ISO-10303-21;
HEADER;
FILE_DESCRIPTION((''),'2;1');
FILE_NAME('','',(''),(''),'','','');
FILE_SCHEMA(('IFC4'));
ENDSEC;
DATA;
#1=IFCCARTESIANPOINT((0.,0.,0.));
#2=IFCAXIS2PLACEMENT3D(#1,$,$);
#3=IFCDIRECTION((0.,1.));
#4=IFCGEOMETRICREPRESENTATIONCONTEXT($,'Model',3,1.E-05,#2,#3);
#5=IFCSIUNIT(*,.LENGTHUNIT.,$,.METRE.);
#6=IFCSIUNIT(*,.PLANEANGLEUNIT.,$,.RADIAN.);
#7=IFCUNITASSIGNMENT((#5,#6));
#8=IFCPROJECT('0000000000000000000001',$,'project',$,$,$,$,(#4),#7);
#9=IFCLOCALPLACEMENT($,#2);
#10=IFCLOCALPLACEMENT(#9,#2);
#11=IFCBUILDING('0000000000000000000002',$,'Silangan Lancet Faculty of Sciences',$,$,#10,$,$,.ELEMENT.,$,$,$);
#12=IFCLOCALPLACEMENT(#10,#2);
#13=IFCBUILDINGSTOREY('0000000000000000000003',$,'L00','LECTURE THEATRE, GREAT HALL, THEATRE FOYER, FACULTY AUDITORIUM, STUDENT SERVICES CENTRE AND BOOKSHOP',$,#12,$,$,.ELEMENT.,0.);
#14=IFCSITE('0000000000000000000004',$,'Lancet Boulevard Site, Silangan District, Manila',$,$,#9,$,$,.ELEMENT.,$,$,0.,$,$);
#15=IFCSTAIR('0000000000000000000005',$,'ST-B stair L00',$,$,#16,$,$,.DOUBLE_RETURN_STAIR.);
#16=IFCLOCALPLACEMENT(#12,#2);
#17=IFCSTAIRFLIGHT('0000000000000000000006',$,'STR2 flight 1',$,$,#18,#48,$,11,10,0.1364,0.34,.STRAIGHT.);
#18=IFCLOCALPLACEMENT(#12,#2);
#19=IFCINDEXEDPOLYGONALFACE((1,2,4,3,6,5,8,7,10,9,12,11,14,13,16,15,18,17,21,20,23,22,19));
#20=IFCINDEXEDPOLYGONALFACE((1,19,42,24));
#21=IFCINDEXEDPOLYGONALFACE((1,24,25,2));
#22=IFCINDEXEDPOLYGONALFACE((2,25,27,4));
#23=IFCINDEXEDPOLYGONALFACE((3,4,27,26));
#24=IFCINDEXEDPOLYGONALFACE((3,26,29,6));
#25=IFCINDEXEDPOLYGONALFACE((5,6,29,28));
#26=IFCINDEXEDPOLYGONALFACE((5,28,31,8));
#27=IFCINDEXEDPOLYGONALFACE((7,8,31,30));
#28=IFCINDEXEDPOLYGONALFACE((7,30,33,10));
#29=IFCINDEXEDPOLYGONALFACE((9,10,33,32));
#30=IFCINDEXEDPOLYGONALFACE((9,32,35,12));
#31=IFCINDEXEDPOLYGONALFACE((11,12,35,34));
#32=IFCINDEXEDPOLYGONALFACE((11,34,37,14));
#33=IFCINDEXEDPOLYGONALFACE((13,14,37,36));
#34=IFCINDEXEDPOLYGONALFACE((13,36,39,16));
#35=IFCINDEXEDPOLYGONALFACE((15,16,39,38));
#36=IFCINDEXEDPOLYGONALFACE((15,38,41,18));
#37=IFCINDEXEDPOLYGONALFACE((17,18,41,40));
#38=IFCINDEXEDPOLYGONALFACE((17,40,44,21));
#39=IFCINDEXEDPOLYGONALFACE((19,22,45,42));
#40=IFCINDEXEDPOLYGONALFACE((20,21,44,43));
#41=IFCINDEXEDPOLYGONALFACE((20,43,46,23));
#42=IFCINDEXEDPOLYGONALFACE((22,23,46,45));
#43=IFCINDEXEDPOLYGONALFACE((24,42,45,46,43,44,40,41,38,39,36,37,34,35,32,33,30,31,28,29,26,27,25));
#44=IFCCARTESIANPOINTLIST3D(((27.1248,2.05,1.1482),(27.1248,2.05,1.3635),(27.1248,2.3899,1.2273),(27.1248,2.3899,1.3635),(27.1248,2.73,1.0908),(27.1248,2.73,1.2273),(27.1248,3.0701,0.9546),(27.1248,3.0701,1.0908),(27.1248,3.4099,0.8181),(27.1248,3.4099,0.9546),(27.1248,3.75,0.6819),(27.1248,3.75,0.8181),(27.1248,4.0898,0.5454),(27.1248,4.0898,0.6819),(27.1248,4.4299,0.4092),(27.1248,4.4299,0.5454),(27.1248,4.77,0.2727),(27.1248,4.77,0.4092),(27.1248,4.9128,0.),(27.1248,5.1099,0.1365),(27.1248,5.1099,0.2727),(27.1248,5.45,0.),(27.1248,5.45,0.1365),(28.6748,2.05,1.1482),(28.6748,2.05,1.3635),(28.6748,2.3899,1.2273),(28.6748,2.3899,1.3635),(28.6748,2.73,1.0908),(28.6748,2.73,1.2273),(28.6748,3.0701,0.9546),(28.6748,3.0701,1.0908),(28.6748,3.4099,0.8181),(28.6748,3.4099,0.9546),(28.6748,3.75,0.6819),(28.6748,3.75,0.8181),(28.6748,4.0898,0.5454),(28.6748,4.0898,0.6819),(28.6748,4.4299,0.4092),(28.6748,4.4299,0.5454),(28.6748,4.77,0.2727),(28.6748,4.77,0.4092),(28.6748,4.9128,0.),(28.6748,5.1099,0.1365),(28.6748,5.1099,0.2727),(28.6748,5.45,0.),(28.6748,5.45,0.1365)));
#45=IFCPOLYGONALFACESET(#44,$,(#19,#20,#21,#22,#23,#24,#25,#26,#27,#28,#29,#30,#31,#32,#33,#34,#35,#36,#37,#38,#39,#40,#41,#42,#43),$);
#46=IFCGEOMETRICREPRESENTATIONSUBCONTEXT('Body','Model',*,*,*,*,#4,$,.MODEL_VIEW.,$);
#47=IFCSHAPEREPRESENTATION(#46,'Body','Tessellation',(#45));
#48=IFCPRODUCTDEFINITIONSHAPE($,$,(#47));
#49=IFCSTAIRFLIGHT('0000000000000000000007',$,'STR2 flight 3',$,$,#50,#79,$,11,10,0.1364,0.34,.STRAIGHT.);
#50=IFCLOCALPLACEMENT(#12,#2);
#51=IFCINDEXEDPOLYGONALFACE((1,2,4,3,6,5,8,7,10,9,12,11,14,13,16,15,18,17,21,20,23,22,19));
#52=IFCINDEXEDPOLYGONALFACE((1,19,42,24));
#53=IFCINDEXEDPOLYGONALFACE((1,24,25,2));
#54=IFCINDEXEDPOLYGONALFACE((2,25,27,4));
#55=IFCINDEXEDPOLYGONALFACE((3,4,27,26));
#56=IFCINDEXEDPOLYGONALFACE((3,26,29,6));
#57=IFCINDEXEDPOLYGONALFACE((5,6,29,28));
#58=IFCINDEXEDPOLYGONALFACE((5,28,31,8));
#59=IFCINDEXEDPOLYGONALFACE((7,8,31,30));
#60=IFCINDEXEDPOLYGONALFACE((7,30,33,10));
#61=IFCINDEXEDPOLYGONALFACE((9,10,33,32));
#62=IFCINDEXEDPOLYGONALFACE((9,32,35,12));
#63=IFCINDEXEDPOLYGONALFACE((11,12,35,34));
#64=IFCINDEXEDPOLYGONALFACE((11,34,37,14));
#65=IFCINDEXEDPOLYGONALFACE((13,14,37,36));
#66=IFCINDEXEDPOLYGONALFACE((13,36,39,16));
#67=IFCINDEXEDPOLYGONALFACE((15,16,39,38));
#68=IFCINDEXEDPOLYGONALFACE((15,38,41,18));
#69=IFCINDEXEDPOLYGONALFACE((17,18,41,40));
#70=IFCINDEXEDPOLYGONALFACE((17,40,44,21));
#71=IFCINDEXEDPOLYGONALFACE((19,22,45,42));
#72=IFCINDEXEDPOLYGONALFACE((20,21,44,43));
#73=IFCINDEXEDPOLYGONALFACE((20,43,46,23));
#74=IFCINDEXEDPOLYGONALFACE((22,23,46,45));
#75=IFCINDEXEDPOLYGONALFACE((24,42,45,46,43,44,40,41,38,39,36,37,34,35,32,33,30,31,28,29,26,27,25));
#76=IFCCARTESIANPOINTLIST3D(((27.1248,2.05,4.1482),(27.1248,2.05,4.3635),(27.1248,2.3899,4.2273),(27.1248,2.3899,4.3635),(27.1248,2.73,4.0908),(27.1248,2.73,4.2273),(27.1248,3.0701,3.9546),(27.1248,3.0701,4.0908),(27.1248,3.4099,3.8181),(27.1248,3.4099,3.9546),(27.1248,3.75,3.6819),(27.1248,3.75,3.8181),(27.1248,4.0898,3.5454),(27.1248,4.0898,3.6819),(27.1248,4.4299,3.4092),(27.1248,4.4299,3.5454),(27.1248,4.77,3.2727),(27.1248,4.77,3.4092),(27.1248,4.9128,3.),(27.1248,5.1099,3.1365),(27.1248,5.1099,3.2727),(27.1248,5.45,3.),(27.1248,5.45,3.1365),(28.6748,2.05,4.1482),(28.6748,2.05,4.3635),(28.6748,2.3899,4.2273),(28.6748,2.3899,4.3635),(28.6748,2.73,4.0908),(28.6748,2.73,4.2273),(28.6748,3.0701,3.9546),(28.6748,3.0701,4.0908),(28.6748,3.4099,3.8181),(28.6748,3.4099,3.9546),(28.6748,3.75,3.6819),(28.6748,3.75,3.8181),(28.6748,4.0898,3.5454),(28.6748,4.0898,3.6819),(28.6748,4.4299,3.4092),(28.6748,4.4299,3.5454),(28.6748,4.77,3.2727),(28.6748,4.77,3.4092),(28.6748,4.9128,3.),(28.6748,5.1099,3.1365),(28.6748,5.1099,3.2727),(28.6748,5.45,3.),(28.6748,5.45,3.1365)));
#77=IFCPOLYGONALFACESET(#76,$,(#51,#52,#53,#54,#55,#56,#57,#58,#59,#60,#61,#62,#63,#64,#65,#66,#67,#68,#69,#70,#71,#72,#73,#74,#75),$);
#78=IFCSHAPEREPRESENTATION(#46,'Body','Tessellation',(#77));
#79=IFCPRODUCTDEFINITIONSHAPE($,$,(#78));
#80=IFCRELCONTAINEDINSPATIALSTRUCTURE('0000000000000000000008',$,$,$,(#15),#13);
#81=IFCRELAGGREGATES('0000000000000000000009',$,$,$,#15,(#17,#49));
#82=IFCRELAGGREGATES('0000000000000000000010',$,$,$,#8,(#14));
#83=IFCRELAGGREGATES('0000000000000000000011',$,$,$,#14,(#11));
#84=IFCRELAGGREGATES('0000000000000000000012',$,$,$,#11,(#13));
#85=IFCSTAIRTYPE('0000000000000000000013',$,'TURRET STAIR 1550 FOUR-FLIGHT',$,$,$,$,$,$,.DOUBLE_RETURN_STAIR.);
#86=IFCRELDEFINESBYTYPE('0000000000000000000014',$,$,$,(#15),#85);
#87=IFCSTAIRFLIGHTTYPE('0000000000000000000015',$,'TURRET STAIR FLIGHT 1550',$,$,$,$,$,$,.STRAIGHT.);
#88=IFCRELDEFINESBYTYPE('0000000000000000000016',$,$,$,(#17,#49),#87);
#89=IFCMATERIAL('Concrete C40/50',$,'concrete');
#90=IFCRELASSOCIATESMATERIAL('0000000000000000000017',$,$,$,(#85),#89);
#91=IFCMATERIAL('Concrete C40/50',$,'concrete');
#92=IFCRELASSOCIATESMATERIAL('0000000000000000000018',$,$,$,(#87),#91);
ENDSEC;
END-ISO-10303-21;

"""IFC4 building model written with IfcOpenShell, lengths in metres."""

from ifc_helpers import new_model, si_unit, direction, frame, origin, place, context, subcontext, project, spatial, polyline, outline, extrude, material, type_object, element, aggregate, save


model = new_model("IFC4")

# Units and contexts
model_context = context("Model", 3, precision=1e-05, world=origin(), true_north=direction((0.0, 1.0)))
body_context = subcontext(model_context, "Body", "Model", "MODEL_VIEW")
ifc_project = project(units=[si_unit("LENGTHUNIT", "METRE"), si_unit("PLANEANGLEUNIT", "RADIAN")], contexts=[model_context])

# Site, building, storey
site_placement = place(None, origin())
site = spatial("IfcSite", under=ifc_project, at=site_placement, Name="Lancet Boulevard Site, Silangan District, Manila", CompositionType="ELEMENT", RefElevation=0.0)
building_placement = place(site_placement, origin())
building = spatial("IfcBuilding", under=site, at=building_placement, Name="Silangan Lancet Faculty of Sciences", CompositionType="ELEMENT")
storey_placement = place(building_placement, origin())
storey = spatial("IfcBuildingStorey", under=building, at=storey_placement, Name="L00", Description="LECTURE THEATRE, GREAT HALL, THEATRE FOYER, FACULTY AUDITORIUM, STUDENT SERVICES CENTRE AND BOOKSHOP", CompositionType="ELEMENT", Elevation=0.0)

# Stair, stair flights
ifc_material_1 = material(Name="Concrete C40/50", Category="concrete")
stair_type = type_object("IfcStairType", Name="TURRET STAIR 1550 FOUR-FLIGHT", PredefinedType="DOUBLE_RETURN_STAIR", material=ifc_material_1)
stair_placement = place(storey_placement, origin())
stair = element("IfcStair", 1, at=stair_placement, inside=storey, type_object=stair_type, Name="ST-B stair L00", PredefinedType="DOUBLE_RETURN_STAIR")
ifc_material_2 = material(Name="Concrete C40/50", Category="concrete")
stair_flight_type = type_object("IfcStairFlightType", Name="TURRET STAIR FLIGHT 1550", PredefinedType="STRAIGHT", material=ifc_material_2)
stair_flight_1_placement = place(storey_placement, frame((27.8999, 5.45, 0.0), z_axis=(0.0, 0.0, 1.0), x_axis=(0.0, -1.0, 0.0)))
stair_flight_1 = element("IfcStairFlight", 2, at=stair_flight_1_placement, type_object=stair_flight_type, Name="STR2 flight 1", NumberOfRisers=11, NumberOfTreads=10, PredefinedType="STRAIGHT", RiserHeight=0.1364, TreadLength=0.34, context=body_context, shape_type="SweptSolid", body=[
    extrude(outline(polyline([(0.0, 0.0), (0.0, 0.1365), (0.3401, 0.1365), (0.3401, 0.2727), (0.6799, 0.2727), (0.6799, 0.4092), (1.02, 0.4092), (1.02, 0.5454), (1.3601, 0.5454), (1.3601, 0.6819), (1.7, 0.6819), (1.7, 0.8181), (2.04, 0.8181), (2.04, 0.9546), (2.3799, 0.9546), (2.3799, 1.0908), (2.72, 1.0908), (2.72, 1.2273), (3.0601, 1.2273), (3.0601, 1.3635), (3.3999, 1.3635), (3.3999, 1.5), (3.3999, 1.1482), (0.5371, 0.0), (0.0, 0.0)])), frame((0.0, 0.7749, 0.0), z_axis=(0.0, -1.0, 0.0), x_axis=(1.0, 0.0, 0.0)), (0.0, 0.0, 1.0), 1.55),
])
stair_flight_2_placement = place(storey_placement, frame((27.8999, 5.45, 3.0), z_axis=(0.0, 0.0, 1.0), x_axis=(0.0, -1.0, 0.0)))
stair_flight_2 = element("IfcStairFlight", 3, at=stair_flight_2_placement, type_object=stair_flight_type, Name="STR2 flight 3", NumberOfRisers=11, NumberOfTreads=10, PredefinedType="STRAIGHT", RiserHeight=0.1364, TreadLength=0.34, context=body_context, shape_type="SweptSolid", body=[
    extrude(outline(polyline([(0.0, 0.0), (0.0, 0.1365), (0.3401, 0.1365), (0.3401, 0.2727), (0.6799, 0.2727), (0.6799, 0.4092), (1.02, 0.4092), (1.02, 0.5454), (1.3601, 0.5454), (1.3601, 0.6819), (1.7, 0.6819), (1.7, 0.8181), (2.04, 0.8181), (2.04, 0.9546), (2.3799, 0.9546), (2.3799, 1.0908), (2.72, 1.0908), (2.72, 1.2273), (3.0601, 1.2273), (3.0601, 1.3635), (3.3999, 1.3635), (3.3999, 1.5), (3.3999, 1.1482), (0.5371, 0.0), (0.0, 0.0)])), frame((0.0, 0.7749, 0.0), z_axis=(0.0, -1.0, 0.0), x_axis=(1.0, 0.0, 0.0)), (0.0, 0.0, 1.0), 1.55),
])
aggregate(stair, [stair_flight_1, stair_flight_2])

save(model, "model.ifc")
